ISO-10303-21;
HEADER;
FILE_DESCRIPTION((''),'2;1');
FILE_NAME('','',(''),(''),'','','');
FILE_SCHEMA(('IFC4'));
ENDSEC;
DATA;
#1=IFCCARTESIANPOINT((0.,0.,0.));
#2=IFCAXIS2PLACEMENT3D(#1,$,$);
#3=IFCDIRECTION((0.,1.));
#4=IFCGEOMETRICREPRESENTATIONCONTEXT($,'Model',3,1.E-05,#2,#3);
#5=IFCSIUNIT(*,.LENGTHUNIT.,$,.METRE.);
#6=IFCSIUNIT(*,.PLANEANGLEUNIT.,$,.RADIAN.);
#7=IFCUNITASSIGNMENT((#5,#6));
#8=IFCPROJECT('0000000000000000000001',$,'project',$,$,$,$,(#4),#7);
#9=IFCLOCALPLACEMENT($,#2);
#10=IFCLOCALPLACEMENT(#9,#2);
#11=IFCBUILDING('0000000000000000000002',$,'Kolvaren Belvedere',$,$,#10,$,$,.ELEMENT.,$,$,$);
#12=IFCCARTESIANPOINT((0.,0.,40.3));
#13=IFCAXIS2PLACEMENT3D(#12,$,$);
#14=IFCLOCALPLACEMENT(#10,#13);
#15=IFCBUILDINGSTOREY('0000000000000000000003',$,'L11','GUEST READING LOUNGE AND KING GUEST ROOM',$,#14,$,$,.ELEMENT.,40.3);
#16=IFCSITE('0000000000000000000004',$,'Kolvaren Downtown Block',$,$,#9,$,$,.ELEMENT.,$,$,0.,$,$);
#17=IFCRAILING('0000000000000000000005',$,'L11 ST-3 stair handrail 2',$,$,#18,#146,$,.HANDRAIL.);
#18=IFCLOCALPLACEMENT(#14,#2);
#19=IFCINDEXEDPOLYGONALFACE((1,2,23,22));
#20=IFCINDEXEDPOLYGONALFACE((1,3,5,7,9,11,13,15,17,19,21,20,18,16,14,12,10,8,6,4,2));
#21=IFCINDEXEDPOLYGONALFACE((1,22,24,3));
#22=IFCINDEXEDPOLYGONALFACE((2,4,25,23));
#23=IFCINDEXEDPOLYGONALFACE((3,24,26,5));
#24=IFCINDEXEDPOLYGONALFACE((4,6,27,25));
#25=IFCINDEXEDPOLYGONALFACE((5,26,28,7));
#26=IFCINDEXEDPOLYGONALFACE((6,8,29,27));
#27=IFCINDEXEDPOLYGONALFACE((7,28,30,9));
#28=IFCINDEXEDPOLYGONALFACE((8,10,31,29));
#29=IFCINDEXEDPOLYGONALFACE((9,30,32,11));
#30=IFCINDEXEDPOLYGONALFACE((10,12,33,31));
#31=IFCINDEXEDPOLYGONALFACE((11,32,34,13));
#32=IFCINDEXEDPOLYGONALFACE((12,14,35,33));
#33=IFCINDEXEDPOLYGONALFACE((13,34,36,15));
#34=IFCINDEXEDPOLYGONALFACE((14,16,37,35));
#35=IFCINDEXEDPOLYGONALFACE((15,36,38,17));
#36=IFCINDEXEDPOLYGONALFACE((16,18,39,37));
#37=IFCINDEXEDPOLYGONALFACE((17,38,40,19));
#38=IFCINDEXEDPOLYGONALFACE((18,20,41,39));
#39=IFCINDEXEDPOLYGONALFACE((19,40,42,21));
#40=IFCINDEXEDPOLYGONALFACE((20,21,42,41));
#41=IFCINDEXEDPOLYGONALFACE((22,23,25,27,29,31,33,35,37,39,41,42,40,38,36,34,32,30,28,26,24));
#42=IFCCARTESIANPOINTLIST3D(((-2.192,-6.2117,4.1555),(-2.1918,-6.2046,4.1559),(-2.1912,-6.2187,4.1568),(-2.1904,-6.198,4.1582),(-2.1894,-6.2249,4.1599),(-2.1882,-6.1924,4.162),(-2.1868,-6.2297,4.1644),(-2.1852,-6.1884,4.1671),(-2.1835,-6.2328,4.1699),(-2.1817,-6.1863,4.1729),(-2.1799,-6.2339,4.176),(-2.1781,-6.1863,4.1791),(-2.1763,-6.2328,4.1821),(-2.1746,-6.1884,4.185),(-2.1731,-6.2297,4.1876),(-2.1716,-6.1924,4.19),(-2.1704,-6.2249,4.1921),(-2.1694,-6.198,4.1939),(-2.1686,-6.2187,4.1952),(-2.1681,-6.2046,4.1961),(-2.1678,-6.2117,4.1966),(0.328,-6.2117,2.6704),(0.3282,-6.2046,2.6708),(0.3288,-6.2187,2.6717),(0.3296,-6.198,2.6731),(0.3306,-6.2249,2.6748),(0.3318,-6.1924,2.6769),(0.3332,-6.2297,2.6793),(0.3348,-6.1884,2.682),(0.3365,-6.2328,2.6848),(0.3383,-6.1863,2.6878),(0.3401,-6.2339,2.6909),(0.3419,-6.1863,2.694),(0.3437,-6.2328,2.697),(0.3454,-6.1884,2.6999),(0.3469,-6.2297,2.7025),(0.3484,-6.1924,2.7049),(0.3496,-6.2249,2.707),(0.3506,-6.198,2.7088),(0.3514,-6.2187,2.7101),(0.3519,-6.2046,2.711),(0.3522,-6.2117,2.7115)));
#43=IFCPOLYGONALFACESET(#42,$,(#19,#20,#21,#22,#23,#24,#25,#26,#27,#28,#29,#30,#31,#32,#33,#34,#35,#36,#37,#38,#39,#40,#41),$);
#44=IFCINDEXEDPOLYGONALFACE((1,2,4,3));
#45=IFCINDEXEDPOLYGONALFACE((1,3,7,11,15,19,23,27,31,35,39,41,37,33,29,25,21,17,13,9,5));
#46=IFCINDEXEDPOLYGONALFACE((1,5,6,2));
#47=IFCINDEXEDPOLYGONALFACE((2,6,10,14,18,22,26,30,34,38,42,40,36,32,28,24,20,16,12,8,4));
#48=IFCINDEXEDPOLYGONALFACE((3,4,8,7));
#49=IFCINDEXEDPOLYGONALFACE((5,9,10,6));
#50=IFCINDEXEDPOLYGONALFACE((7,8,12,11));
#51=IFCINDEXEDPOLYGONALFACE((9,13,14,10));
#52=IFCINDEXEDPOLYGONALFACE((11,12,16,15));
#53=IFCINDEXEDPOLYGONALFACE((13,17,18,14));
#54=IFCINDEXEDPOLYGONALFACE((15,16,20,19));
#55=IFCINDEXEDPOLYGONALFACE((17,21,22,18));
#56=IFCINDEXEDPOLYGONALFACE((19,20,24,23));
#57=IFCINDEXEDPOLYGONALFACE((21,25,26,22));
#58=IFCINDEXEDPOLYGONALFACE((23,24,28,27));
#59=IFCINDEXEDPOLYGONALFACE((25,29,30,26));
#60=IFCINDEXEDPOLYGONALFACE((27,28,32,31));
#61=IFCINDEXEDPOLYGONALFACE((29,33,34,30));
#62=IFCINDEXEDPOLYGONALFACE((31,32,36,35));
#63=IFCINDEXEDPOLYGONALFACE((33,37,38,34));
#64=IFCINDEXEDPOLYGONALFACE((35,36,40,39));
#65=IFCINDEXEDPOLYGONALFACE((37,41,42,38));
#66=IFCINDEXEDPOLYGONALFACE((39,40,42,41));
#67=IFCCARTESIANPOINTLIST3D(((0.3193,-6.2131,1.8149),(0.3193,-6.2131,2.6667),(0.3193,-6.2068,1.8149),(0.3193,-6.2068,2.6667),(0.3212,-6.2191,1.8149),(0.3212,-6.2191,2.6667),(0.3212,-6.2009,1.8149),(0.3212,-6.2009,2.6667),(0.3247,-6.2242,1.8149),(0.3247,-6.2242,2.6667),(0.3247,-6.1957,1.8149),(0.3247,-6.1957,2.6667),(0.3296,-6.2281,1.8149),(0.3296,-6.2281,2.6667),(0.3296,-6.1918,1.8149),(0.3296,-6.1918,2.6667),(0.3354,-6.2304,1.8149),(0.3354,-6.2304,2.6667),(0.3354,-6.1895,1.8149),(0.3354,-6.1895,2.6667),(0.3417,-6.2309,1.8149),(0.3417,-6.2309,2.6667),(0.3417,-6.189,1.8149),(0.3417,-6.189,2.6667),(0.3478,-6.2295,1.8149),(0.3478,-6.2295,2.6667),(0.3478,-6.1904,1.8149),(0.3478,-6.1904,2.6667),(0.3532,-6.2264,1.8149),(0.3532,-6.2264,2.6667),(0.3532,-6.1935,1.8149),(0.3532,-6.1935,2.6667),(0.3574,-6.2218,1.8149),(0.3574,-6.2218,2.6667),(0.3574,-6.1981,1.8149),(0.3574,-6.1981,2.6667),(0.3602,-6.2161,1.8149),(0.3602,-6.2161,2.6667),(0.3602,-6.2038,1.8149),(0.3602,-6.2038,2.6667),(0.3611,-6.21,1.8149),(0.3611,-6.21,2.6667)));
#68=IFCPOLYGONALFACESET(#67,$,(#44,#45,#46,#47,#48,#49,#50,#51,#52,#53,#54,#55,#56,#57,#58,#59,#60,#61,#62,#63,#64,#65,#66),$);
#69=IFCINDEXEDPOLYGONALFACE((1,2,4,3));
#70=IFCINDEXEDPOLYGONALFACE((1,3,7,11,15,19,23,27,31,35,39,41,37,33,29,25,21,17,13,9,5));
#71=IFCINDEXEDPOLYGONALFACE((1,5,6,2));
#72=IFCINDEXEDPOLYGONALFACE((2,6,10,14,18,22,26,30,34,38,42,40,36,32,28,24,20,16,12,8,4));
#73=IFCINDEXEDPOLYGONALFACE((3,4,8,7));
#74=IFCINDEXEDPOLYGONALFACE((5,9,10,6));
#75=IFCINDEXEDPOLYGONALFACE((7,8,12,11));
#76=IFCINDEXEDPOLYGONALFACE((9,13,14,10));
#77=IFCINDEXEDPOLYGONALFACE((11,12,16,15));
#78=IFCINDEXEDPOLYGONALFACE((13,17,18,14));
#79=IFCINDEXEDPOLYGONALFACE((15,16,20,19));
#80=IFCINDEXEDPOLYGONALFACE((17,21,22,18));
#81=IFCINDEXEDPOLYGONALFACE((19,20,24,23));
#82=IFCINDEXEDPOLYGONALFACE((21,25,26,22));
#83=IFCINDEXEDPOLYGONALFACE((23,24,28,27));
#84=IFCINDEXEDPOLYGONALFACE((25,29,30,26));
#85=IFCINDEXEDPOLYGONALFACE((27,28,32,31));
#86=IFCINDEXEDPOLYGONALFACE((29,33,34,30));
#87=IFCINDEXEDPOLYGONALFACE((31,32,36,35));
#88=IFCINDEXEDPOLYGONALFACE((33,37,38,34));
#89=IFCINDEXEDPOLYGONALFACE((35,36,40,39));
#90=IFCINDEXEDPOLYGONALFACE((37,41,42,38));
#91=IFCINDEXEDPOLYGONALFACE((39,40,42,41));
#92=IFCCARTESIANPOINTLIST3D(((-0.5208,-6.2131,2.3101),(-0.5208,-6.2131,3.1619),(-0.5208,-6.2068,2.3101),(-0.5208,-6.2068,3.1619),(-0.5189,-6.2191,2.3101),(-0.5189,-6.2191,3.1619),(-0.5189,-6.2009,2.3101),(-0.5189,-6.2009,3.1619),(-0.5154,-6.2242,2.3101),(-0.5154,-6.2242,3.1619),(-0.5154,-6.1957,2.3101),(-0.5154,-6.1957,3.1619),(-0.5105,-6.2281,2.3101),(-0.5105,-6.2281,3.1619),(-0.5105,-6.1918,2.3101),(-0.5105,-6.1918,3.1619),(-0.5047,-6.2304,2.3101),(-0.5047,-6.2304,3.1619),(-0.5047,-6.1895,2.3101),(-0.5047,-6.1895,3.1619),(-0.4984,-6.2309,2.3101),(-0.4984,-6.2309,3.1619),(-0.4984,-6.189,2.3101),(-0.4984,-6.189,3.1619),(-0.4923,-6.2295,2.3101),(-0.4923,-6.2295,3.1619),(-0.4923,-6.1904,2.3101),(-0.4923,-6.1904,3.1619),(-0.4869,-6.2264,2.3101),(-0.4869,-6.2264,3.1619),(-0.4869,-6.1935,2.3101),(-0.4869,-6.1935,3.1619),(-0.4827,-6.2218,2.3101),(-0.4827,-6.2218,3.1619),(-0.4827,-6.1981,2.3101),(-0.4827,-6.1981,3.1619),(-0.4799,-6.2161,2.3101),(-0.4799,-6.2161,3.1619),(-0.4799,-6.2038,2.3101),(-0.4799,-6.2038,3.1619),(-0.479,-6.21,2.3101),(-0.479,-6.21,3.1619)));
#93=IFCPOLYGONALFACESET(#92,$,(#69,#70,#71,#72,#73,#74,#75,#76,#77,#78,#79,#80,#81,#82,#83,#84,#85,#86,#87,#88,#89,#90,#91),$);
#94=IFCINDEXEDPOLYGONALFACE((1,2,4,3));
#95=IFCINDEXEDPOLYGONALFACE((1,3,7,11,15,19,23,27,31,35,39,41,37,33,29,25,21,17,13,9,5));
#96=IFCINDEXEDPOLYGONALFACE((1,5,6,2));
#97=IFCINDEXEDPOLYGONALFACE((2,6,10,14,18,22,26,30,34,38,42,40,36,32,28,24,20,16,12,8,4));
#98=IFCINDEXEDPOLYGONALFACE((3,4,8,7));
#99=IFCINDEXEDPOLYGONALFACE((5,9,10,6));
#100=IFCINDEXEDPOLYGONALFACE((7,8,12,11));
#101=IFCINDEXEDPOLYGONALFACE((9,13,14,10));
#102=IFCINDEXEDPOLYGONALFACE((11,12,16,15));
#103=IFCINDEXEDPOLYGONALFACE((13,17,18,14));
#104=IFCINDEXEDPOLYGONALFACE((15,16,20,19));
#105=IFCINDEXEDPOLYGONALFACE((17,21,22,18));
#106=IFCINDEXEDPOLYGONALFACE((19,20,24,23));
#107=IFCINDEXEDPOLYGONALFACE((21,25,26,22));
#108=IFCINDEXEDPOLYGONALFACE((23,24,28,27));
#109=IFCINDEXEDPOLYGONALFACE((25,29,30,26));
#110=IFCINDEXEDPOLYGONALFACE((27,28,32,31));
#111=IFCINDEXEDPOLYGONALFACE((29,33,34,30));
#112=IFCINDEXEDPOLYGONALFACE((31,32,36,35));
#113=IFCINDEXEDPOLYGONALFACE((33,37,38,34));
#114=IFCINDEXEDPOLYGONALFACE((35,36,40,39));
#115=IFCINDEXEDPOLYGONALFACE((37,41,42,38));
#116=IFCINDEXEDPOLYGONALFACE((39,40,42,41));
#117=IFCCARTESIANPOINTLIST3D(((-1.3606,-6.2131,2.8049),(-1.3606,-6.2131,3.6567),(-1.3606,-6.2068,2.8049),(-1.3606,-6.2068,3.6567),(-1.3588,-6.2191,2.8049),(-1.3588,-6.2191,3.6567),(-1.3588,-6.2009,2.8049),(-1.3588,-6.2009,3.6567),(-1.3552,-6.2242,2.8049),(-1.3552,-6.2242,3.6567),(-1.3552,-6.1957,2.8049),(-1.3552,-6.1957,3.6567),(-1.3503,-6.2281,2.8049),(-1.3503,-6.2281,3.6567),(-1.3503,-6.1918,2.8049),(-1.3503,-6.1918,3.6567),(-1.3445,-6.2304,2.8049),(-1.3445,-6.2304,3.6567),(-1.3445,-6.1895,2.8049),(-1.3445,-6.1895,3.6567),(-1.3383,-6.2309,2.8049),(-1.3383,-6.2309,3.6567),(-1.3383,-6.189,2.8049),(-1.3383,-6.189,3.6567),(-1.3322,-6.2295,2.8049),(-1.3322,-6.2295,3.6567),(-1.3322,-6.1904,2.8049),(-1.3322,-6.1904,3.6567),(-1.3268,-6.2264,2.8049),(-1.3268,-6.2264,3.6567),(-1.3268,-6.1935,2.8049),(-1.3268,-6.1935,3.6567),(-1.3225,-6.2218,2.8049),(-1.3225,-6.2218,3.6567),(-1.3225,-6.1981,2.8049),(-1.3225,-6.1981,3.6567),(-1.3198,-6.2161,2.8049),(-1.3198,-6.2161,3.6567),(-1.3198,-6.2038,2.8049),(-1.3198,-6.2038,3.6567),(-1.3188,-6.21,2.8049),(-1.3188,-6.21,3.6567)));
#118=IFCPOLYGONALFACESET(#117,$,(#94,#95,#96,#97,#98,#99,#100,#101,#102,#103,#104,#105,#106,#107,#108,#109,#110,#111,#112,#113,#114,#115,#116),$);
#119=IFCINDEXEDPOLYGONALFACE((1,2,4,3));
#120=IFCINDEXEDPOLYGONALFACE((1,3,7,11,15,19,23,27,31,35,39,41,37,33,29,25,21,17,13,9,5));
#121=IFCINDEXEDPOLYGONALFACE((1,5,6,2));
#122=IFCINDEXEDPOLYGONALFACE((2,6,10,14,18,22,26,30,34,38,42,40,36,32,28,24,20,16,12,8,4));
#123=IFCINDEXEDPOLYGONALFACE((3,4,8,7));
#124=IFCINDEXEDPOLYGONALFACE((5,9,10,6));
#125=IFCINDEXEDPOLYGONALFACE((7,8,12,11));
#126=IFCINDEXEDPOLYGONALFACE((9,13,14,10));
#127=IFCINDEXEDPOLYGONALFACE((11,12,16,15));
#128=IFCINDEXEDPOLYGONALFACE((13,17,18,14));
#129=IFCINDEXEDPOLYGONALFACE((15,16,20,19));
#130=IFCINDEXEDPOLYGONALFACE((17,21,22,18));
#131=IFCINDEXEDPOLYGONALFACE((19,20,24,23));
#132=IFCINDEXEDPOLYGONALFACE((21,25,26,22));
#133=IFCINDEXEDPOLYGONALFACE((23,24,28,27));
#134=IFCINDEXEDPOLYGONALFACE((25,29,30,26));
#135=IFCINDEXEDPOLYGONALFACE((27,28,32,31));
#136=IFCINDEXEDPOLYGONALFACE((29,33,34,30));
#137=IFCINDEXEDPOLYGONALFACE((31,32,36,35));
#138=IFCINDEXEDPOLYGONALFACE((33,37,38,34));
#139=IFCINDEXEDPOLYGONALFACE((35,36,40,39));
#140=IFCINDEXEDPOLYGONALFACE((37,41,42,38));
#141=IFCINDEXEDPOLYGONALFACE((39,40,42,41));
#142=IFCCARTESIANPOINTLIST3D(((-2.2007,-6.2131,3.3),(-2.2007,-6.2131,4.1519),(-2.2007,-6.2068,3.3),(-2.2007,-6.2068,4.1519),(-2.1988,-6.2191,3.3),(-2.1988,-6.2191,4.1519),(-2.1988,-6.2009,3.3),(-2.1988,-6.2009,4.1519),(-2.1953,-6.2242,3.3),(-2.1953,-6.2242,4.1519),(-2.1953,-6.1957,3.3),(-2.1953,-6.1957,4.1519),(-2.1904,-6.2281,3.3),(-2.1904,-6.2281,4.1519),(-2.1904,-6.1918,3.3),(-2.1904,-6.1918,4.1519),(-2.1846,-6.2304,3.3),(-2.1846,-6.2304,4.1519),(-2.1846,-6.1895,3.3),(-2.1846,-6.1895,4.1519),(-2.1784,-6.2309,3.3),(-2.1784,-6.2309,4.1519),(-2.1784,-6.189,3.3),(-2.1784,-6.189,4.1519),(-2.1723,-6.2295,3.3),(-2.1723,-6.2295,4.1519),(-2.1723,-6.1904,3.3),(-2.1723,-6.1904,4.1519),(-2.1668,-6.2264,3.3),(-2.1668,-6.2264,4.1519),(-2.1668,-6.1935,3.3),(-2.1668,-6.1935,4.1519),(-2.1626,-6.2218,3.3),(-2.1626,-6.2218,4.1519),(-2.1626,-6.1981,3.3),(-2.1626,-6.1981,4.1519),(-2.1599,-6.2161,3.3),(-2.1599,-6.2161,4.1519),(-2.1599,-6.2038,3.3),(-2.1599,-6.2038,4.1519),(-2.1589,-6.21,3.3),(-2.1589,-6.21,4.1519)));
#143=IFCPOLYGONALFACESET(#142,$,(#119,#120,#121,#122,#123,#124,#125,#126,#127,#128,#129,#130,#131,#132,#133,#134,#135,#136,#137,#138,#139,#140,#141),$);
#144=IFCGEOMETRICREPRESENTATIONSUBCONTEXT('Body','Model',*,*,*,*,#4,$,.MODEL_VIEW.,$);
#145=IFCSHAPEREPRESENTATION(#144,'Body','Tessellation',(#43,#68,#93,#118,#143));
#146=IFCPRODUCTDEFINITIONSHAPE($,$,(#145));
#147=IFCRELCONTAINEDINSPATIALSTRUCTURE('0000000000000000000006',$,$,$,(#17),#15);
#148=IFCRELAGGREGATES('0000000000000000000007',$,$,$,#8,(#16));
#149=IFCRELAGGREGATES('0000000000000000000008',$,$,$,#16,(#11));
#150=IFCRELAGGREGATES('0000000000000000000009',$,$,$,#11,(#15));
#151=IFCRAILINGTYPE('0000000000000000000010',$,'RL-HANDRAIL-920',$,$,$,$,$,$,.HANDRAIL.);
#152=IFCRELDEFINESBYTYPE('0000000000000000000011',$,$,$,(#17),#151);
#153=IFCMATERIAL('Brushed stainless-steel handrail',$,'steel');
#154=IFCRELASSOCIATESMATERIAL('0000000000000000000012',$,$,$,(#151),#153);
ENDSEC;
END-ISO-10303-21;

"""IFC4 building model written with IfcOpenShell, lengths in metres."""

from ifc_helpers import new_model, si_unit, direction, frame, origin, origin_2d, place, context, subcontext, project, spatial, circle, extrude, material, type_object, element, save


model = new_model("IFC4")

# Units and contexts
model_context = context("Model", 3, precision=1e-05, world=origin(), true_north=direction((0.0, 1.0)))
body_context = subcontext(model_context, "Body", "Model", "MODEL_VIEW")
ifc_project = project(units=[si_unit("LENGTHUNIT", "METRE"), si_unit("PLANEANGLEUNIT", "RADIAN")], contexts=[model_context])

# Site, building, storey
site_placement = place(None, origin())
site = spatial("IfcSite", under=ifc_project, at=site_placement, Name="Kolvaren Downtown Block", CompositionType="ELEMENT", RefElevation=0.0)
building_placement = place(site_placement, origin())
building = spatial("IfcBuilding", under=site, at=building_placement, Name="Kolvaren Belvedere", CompositionType="ELEMENT")
storey_placement = place(building_placement, frame((0.0, 0.0, 40.3)))
storey = spatial("IfcBuildingStorey", under=building, at=storey_placement, Name="L11", Description="GUEST READING LOUNGE AND KING GUEST ROOM", CompositionType="ELEMENT", Elevation=40.3)

# Railing
ifc_material_1 = material(Name="Brushed stainless-steel handrail", Category="steel")
railing_type_1 = type_object("IfcRailingType", Name="RL-HANDRAIL-920", PredefinedType="HANDRAIL", material=ifc_material_1)
railing_1_placement = place(storey_placement, frame((0.3401, -6.21, 1.8149)))
element("IfcRailing", 1, at=railing_1_placement, inside=storey, type_object=railing_type_1, Name="L11 ST-3 stair handrail 2", PredefinedType="HANDRAIL", context=body_context, shape_type="SweptSolid", body=[
    extrude(circle(Radius=0.0239, at=origin_2d()), frame((0.0, 0.0, 0.876), z_axis=(-0.861524, 0.0, 0.507717), x_axis=(0.0, -1.0, 0.0)), (0.0, 0.0, 1.0), 2.925),
    extrude(circle(Radius=0.021, at=origin_2d()), origin(), (0.0, 0.0, 1.0), 0.8518),
    extrude(circle(Radius=0.021, at=origin_2d()), frame((-0.8401, 0.0, 0.4951)), (0.0, 0.0, 1.0), 0.8518),
    extrude(circle(Radius=0.021, at=origin_2d()), frame((-1.6799, 0.0, 0.99)), (0.0, 0.0, 1.0), 0.8518),
    extrude(circle(Radius=0.021, at=origin_2d()), frame((-2.52, 0.0, 1.4851)), (0.0, 0.0, 1.0), 0.8518),
])

save(model, "model.ifc")
